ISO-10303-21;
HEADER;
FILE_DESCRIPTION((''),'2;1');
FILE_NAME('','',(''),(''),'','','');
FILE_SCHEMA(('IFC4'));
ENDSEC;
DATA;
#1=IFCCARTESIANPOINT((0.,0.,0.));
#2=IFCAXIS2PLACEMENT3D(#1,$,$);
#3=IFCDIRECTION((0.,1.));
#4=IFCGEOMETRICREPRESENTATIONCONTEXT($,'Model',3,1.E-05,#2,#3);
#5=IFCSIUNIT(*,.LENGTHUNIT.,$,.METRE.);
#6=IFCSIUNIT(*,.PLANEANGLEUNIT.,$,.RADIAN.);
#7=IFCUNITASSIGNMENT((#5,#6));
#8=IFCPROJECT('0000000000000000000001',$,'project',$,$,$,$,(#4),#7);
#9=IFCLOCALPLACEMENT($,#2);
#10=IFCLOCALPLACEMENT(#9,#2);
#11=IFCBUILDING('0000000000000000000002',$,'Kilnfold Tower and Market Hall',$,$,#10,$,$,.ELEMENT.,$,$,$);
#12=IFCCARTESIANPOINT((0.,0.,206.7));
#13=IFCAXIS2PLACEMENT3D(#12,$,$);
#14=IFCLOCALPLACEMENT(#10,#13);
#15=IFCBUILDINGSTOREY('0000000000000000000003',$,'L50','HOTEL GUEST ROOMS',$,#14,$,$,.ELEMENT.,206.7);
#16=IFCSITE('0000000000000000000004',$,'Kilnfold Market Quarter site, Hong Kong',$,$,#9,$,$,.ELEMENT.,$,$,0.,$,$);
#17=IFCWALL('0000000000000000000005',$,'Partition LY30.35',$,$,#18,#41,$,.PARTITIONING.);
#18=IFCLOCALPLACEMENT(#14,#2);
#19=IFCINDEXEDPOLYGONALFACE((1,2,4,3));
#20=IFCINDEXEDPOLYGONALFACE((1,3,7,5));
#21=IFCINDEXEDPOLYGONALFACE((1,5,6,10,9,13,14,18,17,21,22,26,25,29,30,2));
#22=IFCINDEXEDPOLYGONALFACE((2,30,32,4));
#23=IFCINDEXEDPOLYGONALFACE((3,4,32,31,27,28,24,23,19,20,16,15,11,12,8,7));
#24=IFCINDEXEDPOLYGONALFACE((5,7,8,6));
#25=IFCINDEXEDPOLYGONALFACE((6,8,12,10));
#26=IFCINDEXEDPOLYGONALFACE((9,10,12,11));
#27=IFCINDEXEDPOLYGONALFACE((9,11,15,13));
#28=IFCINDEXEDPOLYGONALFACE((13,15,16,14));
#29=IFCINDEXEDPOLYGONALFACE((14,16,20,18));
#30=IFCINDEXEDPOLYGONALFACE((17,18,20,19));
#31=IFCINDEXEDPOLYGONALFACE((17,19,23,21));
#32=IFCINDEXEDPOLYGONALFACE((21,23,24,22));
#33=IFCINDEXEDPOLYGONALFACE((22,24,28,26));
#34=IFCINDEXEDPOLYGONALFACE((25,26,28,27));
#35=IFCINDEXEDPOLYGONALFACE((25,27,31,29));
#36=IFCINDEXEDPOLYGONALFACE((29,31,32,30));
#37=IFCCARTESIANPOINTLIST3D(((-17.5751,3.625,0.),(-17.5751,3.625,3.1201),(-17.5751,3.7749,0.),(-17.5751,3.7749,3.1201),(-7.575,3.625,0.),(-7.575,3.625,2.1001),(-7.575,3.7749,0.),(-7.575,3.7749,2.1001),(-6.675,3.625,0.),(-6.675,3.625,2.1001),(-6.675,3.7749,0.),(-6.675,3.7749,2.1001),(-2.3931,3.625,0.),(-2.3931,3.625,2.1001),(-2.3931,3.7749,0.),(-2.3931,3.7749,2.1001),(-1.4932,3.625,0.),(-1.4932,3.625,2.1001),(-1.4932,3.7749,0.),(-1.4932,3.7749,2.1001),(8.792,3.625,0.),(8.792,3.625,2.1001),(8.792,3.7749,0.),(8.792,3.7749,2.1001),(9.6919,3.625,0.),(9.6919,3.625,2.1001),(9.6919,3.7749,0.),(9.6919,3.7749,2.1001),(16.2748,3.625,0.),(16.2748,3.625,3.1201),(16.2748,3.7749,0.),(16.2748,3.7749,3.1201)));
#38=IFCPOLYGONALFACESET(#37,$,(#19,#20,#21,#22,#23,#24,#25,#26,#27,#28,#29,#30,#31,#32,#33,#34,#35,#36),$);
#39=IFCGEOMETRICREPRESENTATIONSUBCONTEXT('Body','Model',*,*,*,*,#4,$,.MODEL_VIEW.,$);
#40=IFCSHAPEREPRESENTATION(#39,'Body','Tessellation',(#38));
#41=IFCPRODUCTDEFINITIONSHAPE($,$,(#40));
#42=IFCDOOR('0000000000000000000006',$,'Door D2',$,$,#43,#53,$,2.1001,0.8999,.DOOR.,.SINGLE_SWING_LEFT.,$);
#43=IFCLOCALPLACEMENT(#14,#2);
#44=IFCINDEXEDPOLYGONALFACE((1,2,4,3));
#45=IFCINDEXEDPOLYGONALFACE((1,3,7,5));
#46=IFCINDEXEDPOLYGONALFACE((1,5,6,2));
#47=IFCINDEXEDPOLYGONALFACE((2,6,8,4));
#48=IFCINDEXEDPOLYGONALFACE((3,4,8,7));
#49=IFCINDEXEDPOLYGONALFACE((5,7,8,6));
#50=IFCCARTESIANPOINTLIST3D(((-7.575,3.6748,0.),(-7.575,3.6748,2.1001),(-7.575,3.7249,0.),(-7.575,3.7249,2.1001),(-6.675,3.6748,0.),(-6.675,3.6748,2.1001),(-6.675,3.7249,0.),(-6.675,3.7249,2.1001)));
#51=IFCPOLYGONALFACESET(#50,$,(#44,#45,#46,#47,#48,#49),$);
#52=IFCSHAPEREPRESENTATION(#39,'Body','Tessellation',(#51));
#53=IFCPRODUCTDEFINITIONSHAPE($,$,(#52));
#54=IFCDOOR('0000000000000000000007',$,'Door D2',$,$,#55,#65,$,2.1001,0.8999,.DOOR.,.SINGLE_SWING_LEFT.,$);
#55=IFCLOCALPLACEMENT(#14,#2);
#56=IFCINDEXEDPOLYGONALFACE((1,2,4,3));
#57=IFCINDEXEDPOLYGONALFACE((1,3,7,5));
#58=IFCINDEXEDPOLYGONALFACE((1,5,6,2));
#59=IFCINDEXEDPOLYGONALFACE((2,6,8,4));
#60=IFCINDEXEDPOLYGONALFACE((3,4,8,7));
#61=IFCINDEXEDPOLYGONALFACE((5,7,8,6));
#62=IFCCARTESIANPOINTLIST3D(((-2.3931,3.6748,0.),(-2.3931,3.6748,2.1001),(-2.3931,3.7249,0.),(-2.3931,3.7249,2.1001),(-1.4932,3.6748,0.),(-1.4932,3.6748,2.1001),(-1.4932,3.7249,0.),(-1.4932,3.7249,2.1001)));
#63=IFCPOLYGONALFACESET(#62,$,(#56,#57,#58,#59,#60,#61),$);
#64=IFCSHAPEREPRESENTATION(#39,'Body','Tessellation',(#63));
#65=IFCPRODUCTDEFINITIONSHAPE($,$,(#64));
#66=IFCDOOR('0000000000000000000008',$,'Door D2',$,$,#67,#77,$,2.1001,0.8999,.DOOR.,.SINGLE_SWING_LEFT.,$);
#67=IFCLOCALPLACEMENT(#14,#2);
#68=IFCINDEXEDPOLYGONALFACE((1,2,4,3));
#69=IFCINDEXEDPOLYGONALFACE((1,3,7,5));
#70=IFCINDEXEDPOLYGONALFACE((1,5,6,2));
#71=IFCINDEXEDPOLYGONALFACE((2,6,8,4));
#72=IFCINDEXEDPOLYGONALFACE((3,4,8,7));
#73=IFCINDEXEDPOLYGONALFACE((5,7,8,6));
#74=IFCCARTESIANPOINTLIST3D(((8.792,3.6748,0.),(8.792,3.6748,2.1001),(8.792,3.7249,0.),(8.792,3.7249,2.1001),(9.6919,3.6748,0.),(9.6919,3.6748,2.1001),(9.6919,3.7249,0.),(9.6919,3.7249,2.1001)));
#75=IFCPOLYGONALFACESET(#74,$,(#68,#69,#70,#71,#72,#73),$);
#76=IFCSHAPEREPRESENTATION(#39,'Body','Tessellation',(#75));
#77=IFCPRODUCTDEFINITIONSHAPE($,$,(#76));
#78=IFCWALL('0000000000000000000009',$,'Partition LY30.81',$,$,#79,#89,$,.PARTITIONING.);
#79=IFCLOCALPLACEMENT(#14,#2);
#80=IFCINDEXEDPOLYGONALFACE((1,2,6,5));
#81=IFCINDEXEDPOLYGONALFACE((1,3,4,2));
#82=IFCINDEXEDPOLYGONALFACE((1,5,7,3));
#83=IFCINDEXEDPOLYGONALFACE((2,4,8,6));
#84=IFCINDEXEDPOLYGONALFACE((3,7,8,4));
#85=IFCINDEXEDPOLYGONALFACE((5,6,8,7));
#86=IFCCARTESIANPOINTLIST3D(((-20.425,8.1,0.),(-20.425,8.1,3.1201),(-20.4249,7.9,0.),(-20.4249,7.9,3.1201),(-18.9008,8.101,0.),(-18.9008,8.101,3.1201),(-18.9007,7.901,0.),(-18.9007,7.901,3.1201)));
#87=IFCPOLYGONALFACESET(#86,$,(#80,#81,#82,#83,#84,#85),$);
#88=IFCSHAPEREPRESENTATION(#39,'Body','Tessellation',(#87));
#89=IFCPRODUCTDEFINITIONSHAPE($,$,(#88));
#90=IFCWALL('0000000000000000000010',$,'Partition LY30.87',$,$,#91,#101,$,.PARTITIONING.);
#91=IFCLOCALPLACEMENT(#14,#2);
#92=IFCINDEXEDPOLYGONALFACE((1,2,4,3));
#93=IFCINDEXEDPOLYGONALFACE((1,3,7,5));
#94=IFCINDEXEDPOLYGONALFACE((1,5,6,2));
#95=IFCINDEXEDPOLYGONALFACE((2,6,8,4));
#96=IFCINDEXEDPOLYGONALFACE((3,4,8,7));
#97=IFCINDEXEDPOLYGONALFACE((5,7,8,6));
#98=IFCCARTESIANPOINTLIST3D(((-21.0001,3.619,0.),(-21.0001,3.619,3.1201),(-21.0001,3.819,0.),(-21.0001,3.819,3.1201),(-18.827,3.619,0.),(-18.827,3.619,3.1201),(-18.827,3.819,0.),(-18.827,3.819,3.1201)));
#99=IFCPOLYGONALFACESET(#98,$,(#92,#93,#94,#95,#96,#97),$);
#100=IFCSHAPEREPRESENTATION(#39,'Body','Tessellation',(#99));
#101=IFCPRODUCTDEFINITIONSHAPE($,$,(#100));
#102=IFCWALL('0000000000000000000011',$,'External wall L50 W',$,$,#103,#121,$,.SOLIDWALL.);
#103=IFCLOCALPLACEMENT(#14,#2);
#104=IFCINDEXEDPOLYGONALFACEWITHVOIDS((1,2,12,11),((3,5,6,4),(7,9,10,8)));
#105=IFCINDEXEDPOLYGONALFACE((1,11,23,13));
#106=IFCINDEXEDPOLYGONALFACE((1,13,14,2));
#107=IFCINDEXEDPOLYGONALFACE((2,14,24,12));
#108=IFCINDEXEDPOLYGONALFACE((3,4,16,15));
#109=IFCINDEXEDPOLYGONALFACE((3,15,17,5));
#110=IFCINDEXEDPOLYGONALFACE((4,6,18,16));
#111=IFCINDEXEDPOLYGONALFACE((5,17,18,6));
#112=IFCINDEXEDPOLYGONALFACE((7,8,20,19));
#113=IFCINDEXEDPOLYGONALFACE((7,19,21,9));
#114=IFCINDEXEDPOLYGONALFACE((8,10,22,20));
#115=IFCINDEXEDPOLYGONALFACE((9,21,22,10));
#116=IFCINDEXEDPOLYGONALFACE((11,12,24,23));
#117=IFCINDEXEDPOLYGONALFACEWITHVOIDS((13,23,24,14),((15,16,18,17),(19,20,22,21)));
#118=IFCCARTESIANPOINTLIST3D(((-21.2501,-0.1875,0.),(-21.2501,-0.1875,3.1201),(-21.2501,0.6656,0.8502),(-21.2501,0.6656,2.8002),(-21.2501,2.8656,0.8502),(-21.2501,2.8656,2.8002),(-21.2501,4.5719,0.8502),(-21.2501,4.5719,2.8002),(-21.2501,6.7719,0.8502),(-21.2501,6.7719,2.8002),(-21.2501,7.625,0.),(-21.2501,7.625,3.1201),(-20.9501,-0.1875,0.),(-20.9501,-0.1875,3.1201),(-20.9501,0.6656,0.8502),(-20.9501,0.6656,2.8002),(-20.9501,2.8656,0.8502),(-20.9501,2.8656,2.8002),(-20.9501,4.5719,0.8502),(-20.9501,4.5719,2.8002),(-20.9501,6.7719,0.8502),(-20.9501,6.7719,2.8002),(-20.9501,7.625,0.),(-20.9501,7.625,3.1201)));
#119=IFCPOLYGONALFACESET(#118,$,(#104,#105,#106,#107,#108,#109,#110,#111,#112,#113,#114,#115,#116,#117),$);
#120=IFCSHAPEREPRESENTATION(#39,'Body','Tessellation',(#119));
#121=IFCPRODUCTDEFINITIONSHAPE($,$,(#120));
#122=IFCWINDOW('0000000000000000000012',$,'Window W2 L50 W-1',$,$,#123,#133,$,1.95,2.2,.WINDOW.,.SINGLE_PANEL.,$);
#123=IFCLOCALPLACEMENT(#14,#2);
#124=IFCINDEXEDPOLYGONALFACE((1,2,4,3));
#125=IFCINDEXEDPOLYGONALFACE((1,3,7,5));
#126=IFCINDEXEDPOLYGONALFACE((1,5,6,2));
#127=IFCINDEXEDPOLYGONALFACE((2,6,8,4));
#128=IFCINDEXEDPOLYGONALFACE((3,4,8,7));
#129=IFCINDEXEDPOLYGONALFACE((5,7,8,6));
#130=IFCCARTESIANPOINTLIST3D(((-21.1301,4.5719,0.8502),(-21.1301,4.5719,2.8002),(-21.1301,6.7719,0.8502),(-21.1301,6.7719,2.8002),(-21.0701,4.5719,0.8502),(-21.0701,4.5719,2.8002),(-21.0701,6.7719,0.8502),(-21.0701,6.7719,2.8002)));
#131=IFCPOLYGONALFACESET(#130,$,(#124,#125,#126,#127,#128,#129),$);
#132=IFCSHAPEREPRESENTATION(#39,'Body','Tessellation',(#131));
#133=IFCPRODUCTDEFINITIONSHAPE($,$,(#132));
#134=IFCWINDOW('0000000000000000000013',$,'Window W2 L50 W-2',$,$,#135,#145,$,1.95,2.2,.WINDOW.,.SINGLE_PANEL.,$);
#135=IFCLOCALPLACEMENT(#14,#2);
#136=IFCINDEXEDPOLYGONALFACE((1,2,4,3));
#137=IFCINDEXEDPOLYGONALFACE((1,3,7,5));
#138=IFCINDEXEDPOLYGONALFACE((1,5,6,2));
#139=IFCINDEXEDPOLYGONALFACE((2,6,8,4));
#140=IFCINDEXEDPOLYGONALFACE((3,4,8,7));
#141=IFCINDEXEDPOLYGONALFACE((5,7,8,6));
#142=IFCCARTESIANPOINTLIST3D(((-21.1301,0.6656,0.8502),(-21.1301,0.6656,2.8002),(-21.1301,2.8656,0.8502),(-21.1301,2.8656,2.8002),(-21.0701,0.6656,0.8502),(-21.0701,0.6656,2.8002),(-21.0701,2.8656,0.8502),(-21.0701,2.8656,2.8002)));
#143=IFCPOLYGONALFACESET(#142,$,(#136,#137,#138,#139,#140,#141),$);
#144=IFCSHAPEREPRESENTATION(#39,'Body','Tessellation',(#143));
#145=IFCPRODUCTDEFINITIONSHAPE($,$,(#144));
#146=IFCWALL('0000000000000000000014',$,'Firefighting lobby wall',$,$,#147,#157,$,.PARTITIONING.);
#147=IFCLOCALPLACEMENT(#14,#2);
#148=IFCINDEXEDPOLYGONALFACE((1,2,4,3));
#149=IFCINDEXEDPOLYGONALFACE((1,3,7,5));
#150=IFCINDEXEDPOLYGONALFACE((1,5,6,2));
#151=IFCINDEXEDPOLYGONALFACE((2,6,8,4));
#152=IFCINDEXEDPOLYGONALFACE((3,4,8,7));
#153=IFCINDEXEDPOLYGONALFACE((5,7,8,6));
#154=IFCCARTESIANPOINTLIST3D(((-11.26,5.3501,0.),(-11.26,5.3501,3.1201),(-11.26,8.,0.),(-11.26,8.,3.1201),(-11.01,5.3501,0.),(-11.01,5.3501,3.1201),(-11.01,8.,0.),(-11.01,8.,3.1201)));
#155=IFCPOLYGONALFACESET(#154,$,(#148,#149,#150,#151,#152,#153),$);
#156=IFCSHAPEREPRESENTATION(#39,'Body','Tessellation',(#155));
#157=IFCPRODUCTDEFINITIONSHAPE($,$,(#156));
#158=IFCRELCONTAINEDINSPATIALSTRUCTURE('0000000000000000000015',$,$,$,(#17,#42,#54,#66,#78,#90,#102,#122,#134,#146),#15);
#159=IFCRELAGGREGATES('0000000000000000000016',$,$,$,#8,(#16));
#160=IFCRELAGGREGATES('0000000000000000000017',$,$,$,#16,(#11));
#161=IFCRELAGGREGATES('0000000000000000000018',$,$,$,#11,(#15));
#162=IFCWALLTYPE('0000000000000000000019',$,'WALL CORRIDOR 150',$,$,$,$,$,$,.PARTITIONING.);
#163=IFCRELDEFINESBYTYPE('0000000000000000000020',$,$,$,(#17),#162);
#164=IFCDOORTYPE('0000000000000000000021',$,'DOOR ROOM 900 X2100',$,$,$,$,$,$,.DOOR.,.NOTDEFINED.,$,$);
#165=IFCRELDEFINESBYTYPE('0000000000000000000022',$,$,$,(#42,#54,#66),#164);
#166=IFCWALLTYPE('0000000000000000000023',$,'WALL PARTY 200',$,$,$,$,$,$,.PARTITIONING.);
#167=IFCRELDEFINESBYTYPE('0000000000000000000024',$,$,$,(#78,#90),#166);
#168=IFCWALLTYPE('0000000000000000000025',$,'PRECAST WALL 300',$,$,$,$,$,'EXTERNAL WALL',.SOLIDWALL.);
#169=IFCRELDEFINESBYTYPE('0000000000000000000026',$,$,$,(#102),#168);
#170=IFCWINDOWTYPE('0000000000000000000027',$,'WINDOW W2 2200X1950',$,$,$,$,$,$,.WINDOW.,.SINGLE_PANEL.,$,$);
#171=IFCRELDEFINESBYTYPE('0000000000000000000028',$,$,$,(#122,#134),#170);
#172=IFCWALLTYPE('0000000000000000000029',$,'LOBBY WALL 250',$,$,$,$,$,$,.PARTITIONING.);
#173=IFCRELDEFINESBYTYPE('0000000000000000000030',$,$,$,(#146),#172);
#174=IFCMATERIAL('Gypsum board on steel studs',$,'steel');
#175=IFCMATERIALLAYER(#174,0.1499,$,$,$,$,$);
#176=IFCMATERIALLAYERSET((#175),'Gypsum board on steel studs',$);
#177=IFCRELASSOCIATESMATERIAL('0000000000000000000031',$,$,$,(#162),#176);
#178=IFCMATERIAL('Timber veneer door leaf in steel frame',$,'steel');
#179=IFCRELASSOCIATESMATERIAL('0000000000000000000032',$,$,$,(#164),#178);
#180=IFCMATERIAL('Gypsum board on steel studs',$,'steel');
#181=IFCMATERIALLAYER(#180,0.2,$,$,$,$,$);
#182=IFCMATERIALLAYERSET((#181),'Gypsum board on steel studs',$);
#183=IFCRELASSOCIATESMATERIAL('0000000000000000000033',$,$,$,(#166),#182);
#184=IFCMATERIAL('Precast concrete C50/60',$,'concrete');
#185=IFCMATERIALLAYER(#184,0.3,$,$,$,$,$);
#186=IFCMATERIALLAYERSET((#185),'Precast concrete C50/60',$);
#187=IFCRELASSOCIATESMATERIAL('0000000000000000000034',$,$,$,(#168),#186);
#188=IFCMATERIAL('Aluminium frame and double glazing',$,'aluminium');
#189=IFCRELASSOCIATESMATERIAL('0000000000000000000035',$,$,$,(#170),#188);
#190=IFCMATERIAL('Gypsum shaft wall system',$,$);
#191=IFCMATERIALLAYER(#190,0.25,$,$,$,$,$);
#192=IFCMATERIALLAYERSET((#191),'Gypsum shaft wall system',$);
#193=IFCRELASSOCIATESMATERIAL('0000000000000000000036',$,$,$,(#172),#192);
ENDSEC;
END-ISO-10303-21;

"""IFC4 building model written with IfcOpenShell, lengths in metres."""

from ifc_helpers import new_model, si_unit, direction, frame, frame_2d, origin, place, context, subcontext, project, spatial, rectangle, extrude, source, transform, mapped, material, layer, layer_set, type_object, element, fill, save


model = new_model("IFC4")

# Units and contexts
model_context = context("Model", 3, precision=1e-05, world=origin(), true_north=direction((0.0, 1.0)))
body_context = subcontext(model_context, "Body", "Model", "MODEL_VIEW")
ifc_project = project(units=[si_unit("LENGTHUNIT", "METRE"), si_unit("PLANEANGLEUNIT", "RADIAN")], contexts=[model_context])

# Site, building, storey
site_placement = place(None, origin())
site = spatial("IfcSite", under=ifc_project, at=site_placement, Name="Kilnfold Market Quarter site, Hong Kong", CompositionType="ELEMENT", RefElevation=0.0)
building_placement = place(site_placement, origin())
building = spatial("IfcBuilding", under=site, at=building_placement, Name="Kilnfold Tower and Market Hall", CompositionType="ELEMENT")
storey_placement = place(building_placement, frame((0.0, 0.0, 206.7)))
storey = spatial("IfcBuildingStorey", under=building, at=storey_placement, Name="L50", Description="HOTEL GUEST ROOMS", CompositionType="ELEMENT", Elevation=206.7)

# Shared definitions
ifc_material_1 = material(Name="Gypsum board on steel studs", Category="steel")
ifc_layer_1 = layer(ifc_material_1, 0.1499)
ifc_layer_set_1 = layer_set([ifc_layer_1], Name="Gypsum board on steel studs")
wall_type_1 = type_object("IfcWallType", Name="WALL CORRIDOR 150", PredefinedType="PARTITIONING", material=ifc_layer_set_1)

# Wall, openings, doors
wall_1_placement = place(storey_placement, frame((-17.575, 3.7, 0.0), z_axis=(0.0, 0.0, 1.0), x_axis=(1.0, 0.0, 0.0)))
wall_1 = element("IfcWall", 1, at=wall_1_placement, inside=storey, type_object=wall_type_1, Name="Partition LY30.35", PredefinedType="PARTITIONING", context=body_context, shape_type="SweptSolid", body=[
    extrude(rectangle(XDim=33.8499, YDim=0.1499, at=frame_2d((16.9248, 0.0))), origin(), (0.0, 0.0, 1.0), 3.1201),
])
opening_1_placement = place(wall_1_placement, frame((10.0, 0.0, 0.0)))
opening_1 = element("IfcOpeningElement", 2, at=opening_1_placement, cuts=wall_1, PredefinedType="OPENING", context=body_context, shape_type="SweptSolid", body=[
    extrude(rectangle(XDim=0.8999, YDim=2.1001, at=frame_2d((0.45, 1.05))), frame((0.0, 0.085, 0.0), z_axis=(0.0, -1.0, 0.0), x_axis=(1.0, 0.0, 0.0)), (0.0, 0.0, 1.0), 0.1699),
])
opening_2_placement = place(wall_1_placement, frame((15.1819, 0.0, 0.0)))
opening_2 = element("IfcOpeningElement", 3, at=opening_2_placement, cuts=wall_1, PredefinedType="OPENING", context=body_context, shape_type="SweptSolid", body=[
    extrude(rectangle(XDim=0.8999, YDim=2.1001, at=frame_2d((0.45, 1.05))), frame((0.0, 0.085, 0.0), z_axis=(0.0, -1.0, 0.0), x_axis=(1.0, 0.0, 0.0)), (0.0, 0.0, 1.0), 0.1699),
])
opening_3_placement = place(wall_1_placement, frame((26.3669, 0.0, 0.0)))
opening_3 = element("IfcOpeningElement", 4, at=opening_3_placement, cuts=wall_1, PredefinedType="OPENING", context=body_context, shape_type="SweptSolid", body=[
    extrude(rectangle(XDim=0.8999, YDim=2.1001, at=frame_2d((0.45, 1.05))), frame((0.0, 0.085, 0.0), z_axis=(0.0, -1.0, 0.0), x_axis=(1.0, 0.0, 0.0)), (0.0, 0.0, 1.0), 0.1699),
])
ifc_material_2 = material(Name="Timber veneer door leaf in steel frame", Category="steel")
door_type_1 = type_object("IfcDoorType", Name="DOOR ROOM 900 X2100", OperationType="NOTDEFINED", PredefinedType="DOOR", material=ifc_material_2)
door_1_placement = place(opening_1_placement, origin())
door_1 = element("IfcDoor", 5, at=door_1_placement, inside=storey, type_object=door_type_1, Name="Door D2", OperationType="SINGLE_SWING_LEFT", OverallHeight=2.1001, OverallWidth=0.8999, PredefinedType="DOOR", context=body_context, shape_type="SweptSolid", body=[
    extrude(rectangle(XDim=0.8999, YDim=2.1001, at=frame_2d((0.45, 1.05))), frame((0.0, 0.0249, 0.0), z_axis=(0.0, -1.0, 0.0), x_axis=(1.0, 0.0, 0.0)), (0.0, 0.0, 1.0), 0.05),
])
fill(opening_1, door_1)
door_2_placement = place(opening_2_placement, origin())
door_2 = element("IfcDoor", 6, at=door_2_placement, inside=storey, type_object=door_type_1, Name="Door D2", OperationType="SINGLE_SWING_LEFT", OverallHeight=2.1001, OverallWidth=0.8999, PredefinedType="DOOR", context=body_context, shape_type="SweptSolid", body=[
    extrude(rectangle(XDim=0.8999, YDim=2.1001, at=frame_2d((0.45, 1.05))), frame((0.0, 0.0249, 0.0), z_axis=(0.0, -1.0, 0.0), x_axis=(1.0, 0.0, 0.0)), (0.0, 0.0, 1.0), 0.05),
])
fill(opening_2, door_2)
door_3_placement = place(opening_3_placement, origin())
door_3 = element("IfcDoor", 7, at=door_3_placement, inside=storey, type_object=door_type_1, Name="Door D2", OperationType="SINGLE_SWING_LEFT", OverallHeight=2.1001, OverallWidth=0.8999, PredefinedType="DOOR", context=body_context, shape_type="SweptSolid", body=[
    extrude(rectangle(XDim=0.8999, YDim=2.1001, at=frame_2d((0.45, 1.05))), frame((0.0, 0.0249, 0.0), z_axis=(0.0, -1.0, 0.0), x_axis=(1.0, 0.0, 0.0)), (0.0, 0.0, 1.0), 0.05),
])
fill(opening_3, door_3)

# Walls
ifc_material_3 = material(Name="Gypsum board on steel studs", Category="steel")
ifc_layer_2 = layer(ifc_material_3, 0.2)
ifc_layer_set_2 = layer_set([ifc_layer_2], Name="Gypsum board on steel studs")
wall_type_2 = type_object("IfcWallType", Name="WALL PARTY 200", PredefinedType="PARTITIONING", material=ifc_layer_set_2)
wall_2_placement = place(storey_placement, frame((-20.425, 8.0, 0.0), z_axis=(0.0, 0.0, 1.0), x_axis=(1.0, 0.000641, 0.0)))
element("IfcWall", 8, at=wall_2_placement, inside=storey, type_object=wall_type_2, Name="Partition LY30.81", PredefinedType="PARTITIONING", context=body_context, shape_type="SweptSolid", body=[
    extrude(rectangle(XDim=1.5242, YDim=0.2, at=frame_2d((0.7622, 0.0))), origin(), (0.0, 0.0, 1.0), 3.1201),
])
wall_3_placement = place(storey_placement, frame((-21.0, 3.719, 0.0), z_axis=(0.0, 0.0, 1.0), x_axis=(1.0, 0.0, 0.0)))
element("IfcWall", 9, at=wall_3_placement, inside=storey, type_object=wall_type_2, Name="Partition LY30.87", PredefinedType="PARTITIONING", context=body_context, shape_type="SweptSolid", body=[
    extrude(rectangle(XDim=2.1731, YDim=0.2, at=frame_2d((1.0864, 0.0))), origin(), (0.0, 0.0, 1.0), 3.1201),
])

# Wall, openings, windows
ifc_material_4 = material(Name="Precast concrete C50/60", Category="concrete")
ifc_layer_3 = layer(ifc_material_4, 0.3)
ifc_layer_set_3 = layer_set([ifc_layer_3], Name="Precast concrete C50/60")
wall_type_3 = type_object("IfcWallType", Name="PRECAST WALL 300", ElementType="EXTERNAL WALL", PredefinedType="SOLIDWALL", material=ifc_layer_set_3)
shared_shape_1 = source(origin(), body_context, "Body", "SweptSolid", [
    extrude(rectangle(XDim=7.8125, YDim=0.3, at=frame_2d((3.9062, 0.0))), origin(), (0.0, 0.0, 1.0), 3.1201),
])
wall_4_placement = place(storey_placement, frame((-21.1001, 7.625, 0.0), z_axis=(0.0, 0.0, 1.0), x_axis=(0.0, -1.0, 0.0)))
wall_4 = element("IfcWall", 10, at=wall_4_placement, inside=storey, type_object=wall_type_3, Name="External wall L50 W", PredefinedType="SOLIDWALL", context=body_context, shape_type="MappedRepresentation", body=[
    mapped(shared_shape_1, transform((0.0, 0.0, 0.0))),
])
opening_4_placement = place(wall_4_placement, frame((0.853, 0.0, 0.8501)))
opening_4 = element("IfcOpeningElement", 11, at=opening_4_placement, cuts=wall_4, PredefinedType="OPENING", context=body_context, shape_type="SweptSolid", body=[
    extrude(rectangle(XDim=2.2, YDim=1.95, at=frame_2d((1.1001, 0.9751))), frame((0.0, 0.1602, 0.0), z_axis=(0.0, -1.0, 0.0), x_axis=(1.0, 0.0, 0.0)), (0.0, 0.0, 1.0), 0.3201),
])
opening_5_placement = place(wall_4_placement, frame((4.7593, 0.0, 0.8501)))
opening_5 = element("IfcOpeningElement", 12, at=opening_5_placement, cuts=wall_4, PredefinedType="OPENING", context=body_context, shape_type="SweptSolid", body=[
    extrude(rectangle(XDim=2.2, YDim=1.95, at=frame_2d((1.1001, 0.9751))), frame((0.0, 0.1602, 0.0), z_axis=(0.0, -1.0, 0.0), x_axis=(1.0, 0.0, 0.0)), (0.0, 0.0, 1.0), 0.3201),
])
ifc_material_5 = material(Name="Aluminium frame and double glazing", Category="aluminium")
window_type = type_object("IfcWindowType", Name="WINDOW W2 2200X1950", PartitioningType="SINGLE_PANEL", PredefinedType="WINDOW", material=ifc_material_5)
window_1_placement = place(opening_4_placement, origin())
window_1 = element("IfcWindow", 13, at=window_1_placement, inside=storey, type_object=window_type, Name="Window W2 L50 W-1", OverallHeight=1.95, OverallWidth=2.2, PartitioningType="SINGLE_PANEL", PredefinedType="WINDOW", context=body_context, shape_type="SweptSolid", body=[
    extrude(rectangle(XDim=2.2, YDim=1.95, at=frame_2d((1.1001, 0.9751))), frame((0.0, 0.03, 0.0), z_axis=(0.0, -1.0, 0.0), x_axis=(1.0, 0.0, 0.0)), (0.0, 0.0, 1.0), 0.0601),
])
fill(opening_4, window_1)
window_2_placement = place(opening_5_placement, origin())
window_2 = element("IfcWindow", 14, at=window_2_placement, inside=storey, type_object=window_type, Name="Window W2 L50 W-2", OverallHeight=1.95, OverallWidth=2.2, PartitioningType="SINGLE_PANEL", PredefinedType="WINDOW", context=body_context, shape_type="SweptSolid", body=[
    extrude(rectangle(XDim=2.2, YDim=1.95, at=frame_2d((1.1001, 0.9751))), frame((0.0, 0.03, 0.0), z_axis=(0.0, -1.0, 0.0), x_axis=(1.0, 0.0, 0.0)), (0.0, 0.0, 1.0), 0.0601),
])
fill(opening_5, window_2)

# Wall
ifc_material_6 = material(Name="Gypsum shaft wall system")
ifc_layer_4 = layer(ifc_material_6, 0.25)
ifc_layer_set_4 = layer_set([ifc_layer_4], Name="Gypsum shaft wall system")
wall_type_4 = type_object("IfcWallType", Name="LOBBY WALL 250", PredefinedType="PARTITIONING", material=ifc_layer_set_4)
shared_shape_2 = source(origin(), body_context, "Body", "SweptSolid", [
    extrude(rectangle(XDim=2.6499, YDim=0.25, at=frame_2d((1.325, 0.0))), origin(), (0.0, 0.0, 1.0), 3.1201),
])
wall_5_placement = place(storey_placement, frame((-11.135, 5.3501, 0.0), z_axis=(0.0, 0.0, 1.0), x_axis=(0.0, 1.0, 0.0)))
element("IfcWall", 15, at=wall_5_placement, inside=storey, type_object=wall_type_4, Name="Firefighting lobby wall", PredefinedType="PARTITIONING", context=body_context, shape_type="MappedRepresentation", body=[
    mapped(shared_shape_2, transform((0.0, 0.0, 0.0))),
])

save(model, "model.ifc")
